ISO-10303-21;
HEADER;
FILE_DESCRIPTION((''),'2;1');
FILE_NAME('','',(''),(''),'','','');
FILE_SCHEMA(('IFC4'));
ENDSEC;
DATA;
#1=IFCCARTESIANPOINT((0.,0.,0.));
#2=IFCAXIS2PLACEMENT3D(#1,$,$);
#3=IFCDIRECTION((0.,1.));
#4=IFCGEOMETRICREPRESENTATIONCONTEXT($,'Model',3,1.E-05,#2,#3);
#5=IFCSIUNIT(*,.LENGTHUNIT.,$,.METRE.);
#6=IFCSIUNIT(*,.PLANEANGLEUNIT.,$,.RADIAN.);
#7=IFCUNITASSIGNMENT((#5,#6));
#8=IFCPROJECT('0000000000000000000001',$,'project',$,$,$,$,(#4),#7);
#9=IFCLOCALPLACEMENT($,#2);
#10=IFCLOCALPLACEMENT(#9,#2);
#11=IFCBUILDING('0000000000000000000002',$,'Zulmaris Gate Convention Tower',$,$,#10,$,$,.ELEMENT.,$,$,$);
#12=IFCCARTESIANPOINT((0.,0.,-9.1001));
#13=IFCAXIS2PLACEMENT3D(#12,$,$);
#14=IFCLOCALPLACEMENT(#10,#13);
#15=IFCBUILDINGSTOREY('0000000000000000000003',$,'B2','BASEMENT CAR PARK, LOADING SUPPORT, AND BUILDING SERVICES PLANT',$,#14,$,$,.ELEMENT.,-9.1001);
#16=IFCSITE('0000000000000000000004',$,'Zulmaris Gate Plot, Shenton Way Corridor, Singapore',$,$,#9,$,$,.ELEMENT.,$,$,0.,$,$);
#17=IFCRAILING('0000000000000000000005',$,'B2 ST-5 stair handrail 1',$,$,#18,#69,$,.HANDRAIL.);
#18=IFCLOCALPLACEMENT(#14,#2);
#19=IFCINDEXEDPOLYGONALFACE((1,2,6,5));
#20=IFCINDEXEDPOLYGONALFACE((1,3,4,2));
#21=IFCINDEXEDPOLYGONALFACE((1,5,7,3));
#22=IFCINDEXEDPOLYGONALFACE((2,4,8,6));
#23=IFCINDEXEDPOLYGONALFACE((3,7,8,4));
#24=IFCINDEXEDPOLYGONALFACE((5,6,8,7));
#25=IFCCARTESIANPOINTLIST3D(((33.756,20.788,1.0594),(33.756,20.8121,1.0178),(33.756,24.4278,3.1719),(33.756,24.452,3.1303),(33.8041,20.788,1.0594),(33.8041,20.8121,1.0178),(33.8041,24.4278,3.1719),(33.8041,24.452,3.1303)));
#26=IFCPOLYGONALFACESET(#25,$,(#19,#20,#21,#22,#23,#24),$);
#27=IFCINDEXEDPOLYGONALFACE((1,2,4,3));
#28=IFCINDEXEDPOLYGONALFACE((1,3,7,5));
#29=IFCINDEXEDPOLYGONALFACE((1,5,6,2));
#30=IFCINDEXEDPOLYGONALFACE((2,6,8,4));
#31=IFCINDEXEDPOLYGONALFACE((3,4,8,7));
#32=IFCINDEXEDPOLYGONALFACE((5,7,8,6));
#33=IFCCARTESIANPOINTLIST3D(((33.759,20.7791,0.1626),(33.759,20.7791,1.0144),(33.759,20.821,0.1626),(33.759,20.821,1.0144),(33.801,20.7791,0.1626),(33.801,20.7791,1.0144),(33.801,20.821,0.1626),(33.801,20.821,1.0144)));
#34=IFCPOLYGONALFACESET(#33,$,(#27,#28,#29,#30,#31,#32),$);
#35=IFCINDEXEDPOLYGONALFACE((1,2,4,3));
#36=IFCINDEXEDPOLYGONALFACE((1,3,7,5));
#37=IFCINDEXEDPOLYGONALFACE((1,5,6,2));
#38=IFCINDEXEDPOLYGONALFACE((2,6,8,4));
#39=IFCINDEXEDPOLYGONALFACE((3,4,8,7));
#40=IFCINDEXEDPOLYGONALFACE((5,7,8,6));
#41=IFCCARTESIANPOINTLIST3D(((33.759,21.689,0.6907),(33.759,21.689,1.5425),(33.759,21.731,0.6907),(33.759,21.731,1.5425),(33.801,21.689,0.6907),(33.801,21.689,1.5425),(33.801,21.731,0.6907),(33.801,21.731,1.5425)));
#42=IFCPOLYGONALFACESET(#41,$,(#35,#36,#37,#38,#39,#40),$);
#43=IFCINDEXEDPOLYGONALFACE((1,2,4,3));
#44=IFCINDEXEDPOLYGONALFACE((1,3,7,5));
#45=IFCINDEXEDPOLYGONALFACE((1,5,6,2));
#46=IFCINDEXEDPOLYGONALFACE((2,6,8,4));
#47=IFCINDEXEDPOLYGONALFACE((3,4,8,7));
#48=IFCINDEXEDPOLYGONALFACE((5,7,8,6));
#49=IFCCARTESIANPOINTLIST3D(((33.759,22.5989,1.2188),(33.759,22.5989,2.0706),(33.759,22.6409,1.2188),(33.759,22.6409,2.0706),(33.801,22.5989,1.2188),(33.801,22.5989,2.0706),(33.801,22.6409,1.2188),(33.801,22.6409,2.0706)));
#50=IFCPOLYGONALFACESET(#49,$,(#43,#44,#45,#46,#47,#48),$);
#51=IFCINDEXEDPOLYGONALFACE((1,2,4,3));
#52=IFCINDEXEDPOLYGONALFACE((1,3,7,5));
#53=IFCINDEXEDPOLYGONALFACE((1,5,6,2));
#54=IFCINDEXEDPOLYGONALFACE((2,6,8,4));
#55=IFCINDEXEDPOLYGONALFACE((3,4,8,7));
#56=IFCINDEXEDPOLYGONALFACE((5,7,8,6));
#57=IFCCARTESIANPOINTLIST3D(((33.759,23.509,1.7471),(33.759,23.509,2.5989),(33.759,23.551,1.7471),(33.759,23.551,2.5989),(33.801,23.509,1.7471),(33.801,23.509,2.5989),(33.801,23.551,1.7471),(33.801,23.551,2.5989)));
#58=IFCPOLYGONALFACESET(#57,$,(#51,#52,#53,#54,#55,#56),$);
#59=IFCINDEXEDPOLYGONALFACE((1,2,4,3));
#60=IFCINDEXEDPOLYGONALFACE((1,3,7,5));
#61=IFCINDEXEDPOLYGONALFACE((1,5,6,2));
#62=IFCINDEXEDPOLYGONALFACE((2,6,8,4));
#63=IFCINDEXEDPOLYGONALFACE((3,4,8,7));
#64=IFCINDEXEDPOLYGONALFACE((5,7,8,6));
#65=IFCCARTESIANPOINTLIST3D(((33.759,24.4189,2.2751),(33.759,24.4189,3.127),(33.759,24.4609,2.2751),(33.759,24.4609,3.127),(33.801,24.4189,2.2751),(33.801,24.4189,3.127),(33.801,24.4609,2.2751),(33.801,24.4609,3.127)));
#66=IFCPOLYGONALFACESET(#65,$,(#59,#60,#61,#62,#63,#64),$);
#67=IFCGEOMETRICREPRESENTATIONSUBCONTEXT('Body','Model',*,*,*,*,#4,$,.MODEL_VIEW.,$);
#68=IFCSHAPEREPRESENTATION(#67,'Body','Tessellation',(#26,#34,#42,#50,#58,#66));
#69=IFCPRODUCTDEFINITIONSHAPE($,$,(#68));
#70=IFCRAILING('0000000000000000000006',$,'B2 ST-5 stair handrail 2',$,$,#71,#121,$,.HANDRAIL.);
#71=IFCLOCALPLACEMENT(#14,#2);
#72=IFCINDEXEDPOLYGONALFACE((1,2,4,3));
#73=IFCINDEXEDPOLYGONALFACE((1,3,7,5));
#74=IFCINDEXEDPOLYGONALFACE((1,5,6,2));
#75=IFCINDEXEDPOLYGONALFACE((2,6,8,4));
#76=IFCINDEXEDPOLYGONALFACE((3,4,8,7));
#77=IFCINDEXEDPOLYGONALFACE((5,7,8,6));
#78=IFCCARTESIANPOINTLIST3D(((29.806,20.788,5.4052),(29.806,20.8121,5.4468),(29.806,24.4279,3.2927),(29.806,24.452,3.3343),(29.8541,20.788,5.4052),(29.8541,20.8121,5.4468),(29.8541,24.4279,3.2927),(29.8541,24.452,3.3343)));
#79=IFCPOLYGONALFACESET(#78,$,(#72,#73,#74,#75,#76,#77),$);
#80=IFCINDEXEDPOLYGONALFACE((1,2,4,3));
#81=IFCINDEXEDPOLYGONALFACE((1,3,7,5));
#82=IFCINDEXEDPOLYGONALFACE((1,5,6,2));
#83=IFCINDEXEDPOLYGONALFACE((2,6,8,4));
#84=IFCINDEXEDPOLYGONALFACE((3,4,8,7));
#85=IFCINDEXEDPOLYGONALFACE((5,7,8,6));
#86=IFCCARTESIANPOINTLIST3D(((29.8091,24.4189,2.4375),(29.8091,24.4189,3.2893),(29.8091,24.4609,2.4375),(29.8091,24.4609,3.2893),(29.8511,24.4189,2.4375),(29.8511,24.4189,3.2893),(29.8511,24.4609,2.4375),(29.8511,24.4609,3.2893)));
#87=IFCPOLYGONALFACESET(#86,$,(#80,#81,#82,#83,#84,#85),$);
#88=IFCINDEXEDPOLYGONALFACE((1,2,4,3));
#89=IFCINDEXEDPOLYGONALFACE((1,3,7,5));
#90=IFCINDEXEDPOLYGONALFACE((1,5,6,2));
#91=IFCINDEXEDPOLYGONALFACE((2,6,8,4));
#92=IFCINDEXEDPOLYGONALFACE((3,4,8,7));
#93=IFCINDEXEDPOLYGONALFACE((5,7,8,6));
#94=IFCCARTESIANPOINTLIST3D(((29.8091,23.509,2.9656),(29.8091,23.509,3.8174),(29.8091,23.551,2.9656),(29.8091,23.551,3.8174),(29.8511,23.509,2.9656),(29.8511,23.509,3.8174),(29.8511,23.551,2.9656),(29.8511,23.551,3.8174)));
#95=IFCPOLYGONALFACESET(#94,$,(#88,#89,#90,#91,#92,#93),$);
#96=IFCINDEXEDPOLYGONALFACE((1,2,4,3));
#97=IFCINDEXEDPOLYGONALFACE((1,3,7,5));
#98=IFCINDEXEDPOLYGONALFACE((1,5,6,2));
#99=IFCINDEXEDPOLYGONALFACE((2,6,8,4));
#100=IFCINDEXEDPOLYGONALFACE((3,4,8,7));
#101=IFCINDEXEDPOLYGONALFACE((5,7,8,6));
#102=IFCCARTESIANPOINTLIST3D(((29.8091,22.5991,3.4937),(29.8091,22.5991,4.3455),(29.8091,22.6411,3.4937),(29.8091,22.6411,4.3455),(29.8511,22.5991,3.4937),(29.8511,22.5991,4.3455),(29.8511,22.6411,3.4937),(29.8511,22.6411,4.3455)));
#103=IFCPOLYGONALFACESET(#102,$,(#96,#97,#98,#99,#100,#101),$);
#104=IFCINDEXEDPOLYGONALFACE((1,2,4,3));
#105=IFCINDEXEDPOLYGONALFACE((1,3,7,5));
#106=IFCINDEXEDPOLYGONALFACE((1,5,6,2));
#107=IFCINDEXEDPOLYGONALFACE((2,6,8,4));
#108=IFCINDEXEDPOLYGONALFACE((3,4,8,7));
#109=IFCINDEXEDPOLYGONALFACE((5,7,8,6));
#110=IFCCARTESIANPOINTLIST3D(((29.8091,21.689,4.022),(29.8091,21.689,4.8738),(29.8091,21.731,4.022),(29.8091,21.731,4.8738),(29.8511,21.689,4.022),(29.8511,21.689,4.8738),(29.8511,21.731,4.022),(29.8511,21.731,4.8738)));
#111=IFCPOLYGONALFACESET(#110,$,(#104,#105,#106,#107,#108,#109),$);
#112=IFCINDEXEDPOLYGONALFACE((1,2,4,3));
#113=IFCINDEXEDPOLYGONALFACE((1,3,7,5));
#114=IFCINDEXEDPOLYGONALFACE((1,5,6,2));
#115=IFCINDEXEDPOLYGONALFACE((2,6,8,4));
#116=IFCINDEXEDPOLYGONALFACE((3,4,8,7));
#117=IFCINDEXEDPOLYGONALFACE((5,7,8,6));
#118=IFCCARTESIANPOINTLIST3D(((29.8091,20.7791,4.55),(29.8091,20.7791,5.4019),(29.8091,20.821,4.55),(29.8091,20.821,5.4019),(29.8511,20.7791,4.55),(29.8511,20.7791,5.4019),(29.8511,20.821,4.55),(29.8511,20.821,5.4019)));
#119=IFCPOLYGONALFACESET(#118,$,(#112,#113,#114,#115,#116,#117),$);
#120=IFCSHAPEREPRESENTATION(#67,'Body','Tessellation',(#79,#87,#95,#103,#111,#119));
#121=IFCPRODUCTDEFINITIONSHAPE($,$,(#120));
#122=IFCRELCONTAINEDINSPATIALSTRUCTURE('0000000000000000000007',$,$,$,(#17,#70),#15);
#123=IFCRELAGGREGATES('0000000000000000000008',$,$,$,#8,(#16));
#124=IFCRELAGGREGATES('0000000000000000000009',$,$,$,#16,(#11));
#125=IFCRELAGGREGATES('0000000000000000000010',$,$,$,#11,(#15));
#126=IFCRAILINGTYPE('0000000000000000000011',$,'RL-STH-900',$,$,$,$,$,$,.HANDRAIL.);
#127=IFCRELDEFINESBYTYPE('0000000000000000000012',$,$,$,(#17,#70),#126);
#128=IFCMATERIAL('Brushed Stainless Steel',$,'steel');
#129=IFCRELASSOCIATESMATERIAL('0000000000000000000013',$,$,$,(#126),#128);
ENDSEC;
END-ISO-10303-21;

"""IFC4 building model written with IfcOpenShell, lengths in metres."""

from ifc_helpers import new_model, si_unit, direction, frame, origin, origin_2d, place, context, subcontext, project, spatial, rectangle, extrude, material, type_object, element, save


model = new_model("IFC4")

# Units and contexts
model_context = context("Model", 3, precision=1e-05, world=origin(), true_north=direction((0.0, 1.0)))
body_context = subcontext(model_context, "Body", "Model", "MODEL_VIEW")
ifc_project = project(units=[si_unit("LENGTHUNIT", "METRE"), si_unit("PLANEANGLEUNIT", "RADIAN")], contexts=[model_context])

# Site, building, storey
site_placement = place(None, origin())
site = spatial("IfcSite", under=ifc_project, at=site_placement, Name="Zulmaris Gate Plot, Shenton Way Corridor, Singapore", CompositionType="ELEMENT", RefElevation=0.0)
building_placement = place(site_placement, origin())
building = spatial("IfcBuilding", under=site, at=building_placement, Name="Zulmaris Gate Convention Tower", CompositionType="ELEMENT")
storey_placement = place(building_placement, frame((0.0, 0.0, -9.1001)))
storey = spatial("IfcBuildingStorey", under=building, at=storey_placement, Name="B2", Description="BASEMENT CAR PARK, LOADING SUPPORT, AND BUILDING SERVICES PLANT", CompositionType="ELEMENT", Elevation=-9.1001)

# Railings
ifc_material_1 = material(Name="Brushed Stainless Steel", Category="steel")
railing_type_1 = type_object("IfcRailingType", Name="RL-STH-900", PredefinedType="HANDRAIL", material=ifc_material_1)
railing_1_placement = place(storey_placement, frame((33.78, 20.8, 0.1626)))
element("IfcRailing", 1, at=railing_1_placement, inside=storey, type_object=railing_type_1, Name="B2 ST-5 stair handrail 1", PredefinedType="HANDRAIL", context=body_context, shape_type="SweptSolid", body=[
    extrude(rectangle(XDim=0.0481, YDim=0.0481, at=origin_2d()), frame((0.0, 0.0, 0.876), z_axis=(0.0, 0.864886, 0.501969), x_axis=(-1.0, 0.0, 0.0)), (0.0, 0.0, 1.0), 4.2085),
    extrude(rectangle(XDim=0.042, YDim=0.042, at=origin_2d()), origin(), (0.0, 0.0, 1.0), 0.8518),
    extrude(rectangle(XDim=0.042, YDim=0.042, at=origin_2d()), frame((0.0, 0.9099, 0.5281)), (0.0, 0.0, 1.0), 0.8518),
    extrude(rectangle(XDim=0.042, YDim=0.042, at=origin_2d()), frame((0.0, 1.8198, 1.0562)), (0.0, 0.0, 1.0), 0.8518),
    extrude(rectangle(XDim=0.042, YDim=0.042, at=origin_2d()), frame((0.0, 2.73, 1.5845)), (0.0, 0.0, 1.0), 0.8518),
    extrude(rectangle(XDim=0.042, YDim=0.042, at=origin_2d()), frame((0.0, 3.6399, 2.1125)), (0.0, 0.0, 1.0), 0.8518),
])
railing_2_placement = place(storey_placement, frame((29.8301, 24.4399, 2.4375)))
element("IfcRailing", 2, at=railing_2_placement, inside=storey, type_object=railing_type_1, Name="B2 ST-5 stair handrail 2", PredefinedType="HANDRAIL", context=body_context, shape_type="SweptSolid", body=[
    extrude(rectangle(XDim=0.0481, YDim=0.0481, at=origin_2d()), frame((0.0, 0.0, 0.876), z_axis=(0.0, -0.864886, 0.501969), x_axis=(1.0, 0.0, 0.0)), (0.0, 0.0, 1.0), 4.2085),
    extrude(rectangle(XDim=0.042, YDim=0.042, at=origin_2d()), origin(), (0.0, 0.0, 1.0), 0.8518),
    extrude(rectangle(XDim=0.042, YDim=0.042, at=origin_2d()), frame((0.0, -0.9099, 0.5281)), (0.0, 0.0, 1.0), 0.8518),
    extrude(rectangle(XDim=0.042, YDim=0.042, at=origin_2d()), frame((0.0, -1.8198, 1.0562)), (0.0, 0.0, 1.0), 0.8518),
    extrude(rectangle(XDim=0.042, YDim=0.042, at=origin_2d()), frame((0.0, -2.73, 1.5845)), (0.0, 0.0, 1.0), 0.8518),
    extrude(rectangle(XDim=0.042, YDim=0.042, at=origin_2d()), frame((0.0, -3.6399, 2.1125)), (0.0, 0.0, 1.0), 0.8518),
])

save(model, "model.ifc")
